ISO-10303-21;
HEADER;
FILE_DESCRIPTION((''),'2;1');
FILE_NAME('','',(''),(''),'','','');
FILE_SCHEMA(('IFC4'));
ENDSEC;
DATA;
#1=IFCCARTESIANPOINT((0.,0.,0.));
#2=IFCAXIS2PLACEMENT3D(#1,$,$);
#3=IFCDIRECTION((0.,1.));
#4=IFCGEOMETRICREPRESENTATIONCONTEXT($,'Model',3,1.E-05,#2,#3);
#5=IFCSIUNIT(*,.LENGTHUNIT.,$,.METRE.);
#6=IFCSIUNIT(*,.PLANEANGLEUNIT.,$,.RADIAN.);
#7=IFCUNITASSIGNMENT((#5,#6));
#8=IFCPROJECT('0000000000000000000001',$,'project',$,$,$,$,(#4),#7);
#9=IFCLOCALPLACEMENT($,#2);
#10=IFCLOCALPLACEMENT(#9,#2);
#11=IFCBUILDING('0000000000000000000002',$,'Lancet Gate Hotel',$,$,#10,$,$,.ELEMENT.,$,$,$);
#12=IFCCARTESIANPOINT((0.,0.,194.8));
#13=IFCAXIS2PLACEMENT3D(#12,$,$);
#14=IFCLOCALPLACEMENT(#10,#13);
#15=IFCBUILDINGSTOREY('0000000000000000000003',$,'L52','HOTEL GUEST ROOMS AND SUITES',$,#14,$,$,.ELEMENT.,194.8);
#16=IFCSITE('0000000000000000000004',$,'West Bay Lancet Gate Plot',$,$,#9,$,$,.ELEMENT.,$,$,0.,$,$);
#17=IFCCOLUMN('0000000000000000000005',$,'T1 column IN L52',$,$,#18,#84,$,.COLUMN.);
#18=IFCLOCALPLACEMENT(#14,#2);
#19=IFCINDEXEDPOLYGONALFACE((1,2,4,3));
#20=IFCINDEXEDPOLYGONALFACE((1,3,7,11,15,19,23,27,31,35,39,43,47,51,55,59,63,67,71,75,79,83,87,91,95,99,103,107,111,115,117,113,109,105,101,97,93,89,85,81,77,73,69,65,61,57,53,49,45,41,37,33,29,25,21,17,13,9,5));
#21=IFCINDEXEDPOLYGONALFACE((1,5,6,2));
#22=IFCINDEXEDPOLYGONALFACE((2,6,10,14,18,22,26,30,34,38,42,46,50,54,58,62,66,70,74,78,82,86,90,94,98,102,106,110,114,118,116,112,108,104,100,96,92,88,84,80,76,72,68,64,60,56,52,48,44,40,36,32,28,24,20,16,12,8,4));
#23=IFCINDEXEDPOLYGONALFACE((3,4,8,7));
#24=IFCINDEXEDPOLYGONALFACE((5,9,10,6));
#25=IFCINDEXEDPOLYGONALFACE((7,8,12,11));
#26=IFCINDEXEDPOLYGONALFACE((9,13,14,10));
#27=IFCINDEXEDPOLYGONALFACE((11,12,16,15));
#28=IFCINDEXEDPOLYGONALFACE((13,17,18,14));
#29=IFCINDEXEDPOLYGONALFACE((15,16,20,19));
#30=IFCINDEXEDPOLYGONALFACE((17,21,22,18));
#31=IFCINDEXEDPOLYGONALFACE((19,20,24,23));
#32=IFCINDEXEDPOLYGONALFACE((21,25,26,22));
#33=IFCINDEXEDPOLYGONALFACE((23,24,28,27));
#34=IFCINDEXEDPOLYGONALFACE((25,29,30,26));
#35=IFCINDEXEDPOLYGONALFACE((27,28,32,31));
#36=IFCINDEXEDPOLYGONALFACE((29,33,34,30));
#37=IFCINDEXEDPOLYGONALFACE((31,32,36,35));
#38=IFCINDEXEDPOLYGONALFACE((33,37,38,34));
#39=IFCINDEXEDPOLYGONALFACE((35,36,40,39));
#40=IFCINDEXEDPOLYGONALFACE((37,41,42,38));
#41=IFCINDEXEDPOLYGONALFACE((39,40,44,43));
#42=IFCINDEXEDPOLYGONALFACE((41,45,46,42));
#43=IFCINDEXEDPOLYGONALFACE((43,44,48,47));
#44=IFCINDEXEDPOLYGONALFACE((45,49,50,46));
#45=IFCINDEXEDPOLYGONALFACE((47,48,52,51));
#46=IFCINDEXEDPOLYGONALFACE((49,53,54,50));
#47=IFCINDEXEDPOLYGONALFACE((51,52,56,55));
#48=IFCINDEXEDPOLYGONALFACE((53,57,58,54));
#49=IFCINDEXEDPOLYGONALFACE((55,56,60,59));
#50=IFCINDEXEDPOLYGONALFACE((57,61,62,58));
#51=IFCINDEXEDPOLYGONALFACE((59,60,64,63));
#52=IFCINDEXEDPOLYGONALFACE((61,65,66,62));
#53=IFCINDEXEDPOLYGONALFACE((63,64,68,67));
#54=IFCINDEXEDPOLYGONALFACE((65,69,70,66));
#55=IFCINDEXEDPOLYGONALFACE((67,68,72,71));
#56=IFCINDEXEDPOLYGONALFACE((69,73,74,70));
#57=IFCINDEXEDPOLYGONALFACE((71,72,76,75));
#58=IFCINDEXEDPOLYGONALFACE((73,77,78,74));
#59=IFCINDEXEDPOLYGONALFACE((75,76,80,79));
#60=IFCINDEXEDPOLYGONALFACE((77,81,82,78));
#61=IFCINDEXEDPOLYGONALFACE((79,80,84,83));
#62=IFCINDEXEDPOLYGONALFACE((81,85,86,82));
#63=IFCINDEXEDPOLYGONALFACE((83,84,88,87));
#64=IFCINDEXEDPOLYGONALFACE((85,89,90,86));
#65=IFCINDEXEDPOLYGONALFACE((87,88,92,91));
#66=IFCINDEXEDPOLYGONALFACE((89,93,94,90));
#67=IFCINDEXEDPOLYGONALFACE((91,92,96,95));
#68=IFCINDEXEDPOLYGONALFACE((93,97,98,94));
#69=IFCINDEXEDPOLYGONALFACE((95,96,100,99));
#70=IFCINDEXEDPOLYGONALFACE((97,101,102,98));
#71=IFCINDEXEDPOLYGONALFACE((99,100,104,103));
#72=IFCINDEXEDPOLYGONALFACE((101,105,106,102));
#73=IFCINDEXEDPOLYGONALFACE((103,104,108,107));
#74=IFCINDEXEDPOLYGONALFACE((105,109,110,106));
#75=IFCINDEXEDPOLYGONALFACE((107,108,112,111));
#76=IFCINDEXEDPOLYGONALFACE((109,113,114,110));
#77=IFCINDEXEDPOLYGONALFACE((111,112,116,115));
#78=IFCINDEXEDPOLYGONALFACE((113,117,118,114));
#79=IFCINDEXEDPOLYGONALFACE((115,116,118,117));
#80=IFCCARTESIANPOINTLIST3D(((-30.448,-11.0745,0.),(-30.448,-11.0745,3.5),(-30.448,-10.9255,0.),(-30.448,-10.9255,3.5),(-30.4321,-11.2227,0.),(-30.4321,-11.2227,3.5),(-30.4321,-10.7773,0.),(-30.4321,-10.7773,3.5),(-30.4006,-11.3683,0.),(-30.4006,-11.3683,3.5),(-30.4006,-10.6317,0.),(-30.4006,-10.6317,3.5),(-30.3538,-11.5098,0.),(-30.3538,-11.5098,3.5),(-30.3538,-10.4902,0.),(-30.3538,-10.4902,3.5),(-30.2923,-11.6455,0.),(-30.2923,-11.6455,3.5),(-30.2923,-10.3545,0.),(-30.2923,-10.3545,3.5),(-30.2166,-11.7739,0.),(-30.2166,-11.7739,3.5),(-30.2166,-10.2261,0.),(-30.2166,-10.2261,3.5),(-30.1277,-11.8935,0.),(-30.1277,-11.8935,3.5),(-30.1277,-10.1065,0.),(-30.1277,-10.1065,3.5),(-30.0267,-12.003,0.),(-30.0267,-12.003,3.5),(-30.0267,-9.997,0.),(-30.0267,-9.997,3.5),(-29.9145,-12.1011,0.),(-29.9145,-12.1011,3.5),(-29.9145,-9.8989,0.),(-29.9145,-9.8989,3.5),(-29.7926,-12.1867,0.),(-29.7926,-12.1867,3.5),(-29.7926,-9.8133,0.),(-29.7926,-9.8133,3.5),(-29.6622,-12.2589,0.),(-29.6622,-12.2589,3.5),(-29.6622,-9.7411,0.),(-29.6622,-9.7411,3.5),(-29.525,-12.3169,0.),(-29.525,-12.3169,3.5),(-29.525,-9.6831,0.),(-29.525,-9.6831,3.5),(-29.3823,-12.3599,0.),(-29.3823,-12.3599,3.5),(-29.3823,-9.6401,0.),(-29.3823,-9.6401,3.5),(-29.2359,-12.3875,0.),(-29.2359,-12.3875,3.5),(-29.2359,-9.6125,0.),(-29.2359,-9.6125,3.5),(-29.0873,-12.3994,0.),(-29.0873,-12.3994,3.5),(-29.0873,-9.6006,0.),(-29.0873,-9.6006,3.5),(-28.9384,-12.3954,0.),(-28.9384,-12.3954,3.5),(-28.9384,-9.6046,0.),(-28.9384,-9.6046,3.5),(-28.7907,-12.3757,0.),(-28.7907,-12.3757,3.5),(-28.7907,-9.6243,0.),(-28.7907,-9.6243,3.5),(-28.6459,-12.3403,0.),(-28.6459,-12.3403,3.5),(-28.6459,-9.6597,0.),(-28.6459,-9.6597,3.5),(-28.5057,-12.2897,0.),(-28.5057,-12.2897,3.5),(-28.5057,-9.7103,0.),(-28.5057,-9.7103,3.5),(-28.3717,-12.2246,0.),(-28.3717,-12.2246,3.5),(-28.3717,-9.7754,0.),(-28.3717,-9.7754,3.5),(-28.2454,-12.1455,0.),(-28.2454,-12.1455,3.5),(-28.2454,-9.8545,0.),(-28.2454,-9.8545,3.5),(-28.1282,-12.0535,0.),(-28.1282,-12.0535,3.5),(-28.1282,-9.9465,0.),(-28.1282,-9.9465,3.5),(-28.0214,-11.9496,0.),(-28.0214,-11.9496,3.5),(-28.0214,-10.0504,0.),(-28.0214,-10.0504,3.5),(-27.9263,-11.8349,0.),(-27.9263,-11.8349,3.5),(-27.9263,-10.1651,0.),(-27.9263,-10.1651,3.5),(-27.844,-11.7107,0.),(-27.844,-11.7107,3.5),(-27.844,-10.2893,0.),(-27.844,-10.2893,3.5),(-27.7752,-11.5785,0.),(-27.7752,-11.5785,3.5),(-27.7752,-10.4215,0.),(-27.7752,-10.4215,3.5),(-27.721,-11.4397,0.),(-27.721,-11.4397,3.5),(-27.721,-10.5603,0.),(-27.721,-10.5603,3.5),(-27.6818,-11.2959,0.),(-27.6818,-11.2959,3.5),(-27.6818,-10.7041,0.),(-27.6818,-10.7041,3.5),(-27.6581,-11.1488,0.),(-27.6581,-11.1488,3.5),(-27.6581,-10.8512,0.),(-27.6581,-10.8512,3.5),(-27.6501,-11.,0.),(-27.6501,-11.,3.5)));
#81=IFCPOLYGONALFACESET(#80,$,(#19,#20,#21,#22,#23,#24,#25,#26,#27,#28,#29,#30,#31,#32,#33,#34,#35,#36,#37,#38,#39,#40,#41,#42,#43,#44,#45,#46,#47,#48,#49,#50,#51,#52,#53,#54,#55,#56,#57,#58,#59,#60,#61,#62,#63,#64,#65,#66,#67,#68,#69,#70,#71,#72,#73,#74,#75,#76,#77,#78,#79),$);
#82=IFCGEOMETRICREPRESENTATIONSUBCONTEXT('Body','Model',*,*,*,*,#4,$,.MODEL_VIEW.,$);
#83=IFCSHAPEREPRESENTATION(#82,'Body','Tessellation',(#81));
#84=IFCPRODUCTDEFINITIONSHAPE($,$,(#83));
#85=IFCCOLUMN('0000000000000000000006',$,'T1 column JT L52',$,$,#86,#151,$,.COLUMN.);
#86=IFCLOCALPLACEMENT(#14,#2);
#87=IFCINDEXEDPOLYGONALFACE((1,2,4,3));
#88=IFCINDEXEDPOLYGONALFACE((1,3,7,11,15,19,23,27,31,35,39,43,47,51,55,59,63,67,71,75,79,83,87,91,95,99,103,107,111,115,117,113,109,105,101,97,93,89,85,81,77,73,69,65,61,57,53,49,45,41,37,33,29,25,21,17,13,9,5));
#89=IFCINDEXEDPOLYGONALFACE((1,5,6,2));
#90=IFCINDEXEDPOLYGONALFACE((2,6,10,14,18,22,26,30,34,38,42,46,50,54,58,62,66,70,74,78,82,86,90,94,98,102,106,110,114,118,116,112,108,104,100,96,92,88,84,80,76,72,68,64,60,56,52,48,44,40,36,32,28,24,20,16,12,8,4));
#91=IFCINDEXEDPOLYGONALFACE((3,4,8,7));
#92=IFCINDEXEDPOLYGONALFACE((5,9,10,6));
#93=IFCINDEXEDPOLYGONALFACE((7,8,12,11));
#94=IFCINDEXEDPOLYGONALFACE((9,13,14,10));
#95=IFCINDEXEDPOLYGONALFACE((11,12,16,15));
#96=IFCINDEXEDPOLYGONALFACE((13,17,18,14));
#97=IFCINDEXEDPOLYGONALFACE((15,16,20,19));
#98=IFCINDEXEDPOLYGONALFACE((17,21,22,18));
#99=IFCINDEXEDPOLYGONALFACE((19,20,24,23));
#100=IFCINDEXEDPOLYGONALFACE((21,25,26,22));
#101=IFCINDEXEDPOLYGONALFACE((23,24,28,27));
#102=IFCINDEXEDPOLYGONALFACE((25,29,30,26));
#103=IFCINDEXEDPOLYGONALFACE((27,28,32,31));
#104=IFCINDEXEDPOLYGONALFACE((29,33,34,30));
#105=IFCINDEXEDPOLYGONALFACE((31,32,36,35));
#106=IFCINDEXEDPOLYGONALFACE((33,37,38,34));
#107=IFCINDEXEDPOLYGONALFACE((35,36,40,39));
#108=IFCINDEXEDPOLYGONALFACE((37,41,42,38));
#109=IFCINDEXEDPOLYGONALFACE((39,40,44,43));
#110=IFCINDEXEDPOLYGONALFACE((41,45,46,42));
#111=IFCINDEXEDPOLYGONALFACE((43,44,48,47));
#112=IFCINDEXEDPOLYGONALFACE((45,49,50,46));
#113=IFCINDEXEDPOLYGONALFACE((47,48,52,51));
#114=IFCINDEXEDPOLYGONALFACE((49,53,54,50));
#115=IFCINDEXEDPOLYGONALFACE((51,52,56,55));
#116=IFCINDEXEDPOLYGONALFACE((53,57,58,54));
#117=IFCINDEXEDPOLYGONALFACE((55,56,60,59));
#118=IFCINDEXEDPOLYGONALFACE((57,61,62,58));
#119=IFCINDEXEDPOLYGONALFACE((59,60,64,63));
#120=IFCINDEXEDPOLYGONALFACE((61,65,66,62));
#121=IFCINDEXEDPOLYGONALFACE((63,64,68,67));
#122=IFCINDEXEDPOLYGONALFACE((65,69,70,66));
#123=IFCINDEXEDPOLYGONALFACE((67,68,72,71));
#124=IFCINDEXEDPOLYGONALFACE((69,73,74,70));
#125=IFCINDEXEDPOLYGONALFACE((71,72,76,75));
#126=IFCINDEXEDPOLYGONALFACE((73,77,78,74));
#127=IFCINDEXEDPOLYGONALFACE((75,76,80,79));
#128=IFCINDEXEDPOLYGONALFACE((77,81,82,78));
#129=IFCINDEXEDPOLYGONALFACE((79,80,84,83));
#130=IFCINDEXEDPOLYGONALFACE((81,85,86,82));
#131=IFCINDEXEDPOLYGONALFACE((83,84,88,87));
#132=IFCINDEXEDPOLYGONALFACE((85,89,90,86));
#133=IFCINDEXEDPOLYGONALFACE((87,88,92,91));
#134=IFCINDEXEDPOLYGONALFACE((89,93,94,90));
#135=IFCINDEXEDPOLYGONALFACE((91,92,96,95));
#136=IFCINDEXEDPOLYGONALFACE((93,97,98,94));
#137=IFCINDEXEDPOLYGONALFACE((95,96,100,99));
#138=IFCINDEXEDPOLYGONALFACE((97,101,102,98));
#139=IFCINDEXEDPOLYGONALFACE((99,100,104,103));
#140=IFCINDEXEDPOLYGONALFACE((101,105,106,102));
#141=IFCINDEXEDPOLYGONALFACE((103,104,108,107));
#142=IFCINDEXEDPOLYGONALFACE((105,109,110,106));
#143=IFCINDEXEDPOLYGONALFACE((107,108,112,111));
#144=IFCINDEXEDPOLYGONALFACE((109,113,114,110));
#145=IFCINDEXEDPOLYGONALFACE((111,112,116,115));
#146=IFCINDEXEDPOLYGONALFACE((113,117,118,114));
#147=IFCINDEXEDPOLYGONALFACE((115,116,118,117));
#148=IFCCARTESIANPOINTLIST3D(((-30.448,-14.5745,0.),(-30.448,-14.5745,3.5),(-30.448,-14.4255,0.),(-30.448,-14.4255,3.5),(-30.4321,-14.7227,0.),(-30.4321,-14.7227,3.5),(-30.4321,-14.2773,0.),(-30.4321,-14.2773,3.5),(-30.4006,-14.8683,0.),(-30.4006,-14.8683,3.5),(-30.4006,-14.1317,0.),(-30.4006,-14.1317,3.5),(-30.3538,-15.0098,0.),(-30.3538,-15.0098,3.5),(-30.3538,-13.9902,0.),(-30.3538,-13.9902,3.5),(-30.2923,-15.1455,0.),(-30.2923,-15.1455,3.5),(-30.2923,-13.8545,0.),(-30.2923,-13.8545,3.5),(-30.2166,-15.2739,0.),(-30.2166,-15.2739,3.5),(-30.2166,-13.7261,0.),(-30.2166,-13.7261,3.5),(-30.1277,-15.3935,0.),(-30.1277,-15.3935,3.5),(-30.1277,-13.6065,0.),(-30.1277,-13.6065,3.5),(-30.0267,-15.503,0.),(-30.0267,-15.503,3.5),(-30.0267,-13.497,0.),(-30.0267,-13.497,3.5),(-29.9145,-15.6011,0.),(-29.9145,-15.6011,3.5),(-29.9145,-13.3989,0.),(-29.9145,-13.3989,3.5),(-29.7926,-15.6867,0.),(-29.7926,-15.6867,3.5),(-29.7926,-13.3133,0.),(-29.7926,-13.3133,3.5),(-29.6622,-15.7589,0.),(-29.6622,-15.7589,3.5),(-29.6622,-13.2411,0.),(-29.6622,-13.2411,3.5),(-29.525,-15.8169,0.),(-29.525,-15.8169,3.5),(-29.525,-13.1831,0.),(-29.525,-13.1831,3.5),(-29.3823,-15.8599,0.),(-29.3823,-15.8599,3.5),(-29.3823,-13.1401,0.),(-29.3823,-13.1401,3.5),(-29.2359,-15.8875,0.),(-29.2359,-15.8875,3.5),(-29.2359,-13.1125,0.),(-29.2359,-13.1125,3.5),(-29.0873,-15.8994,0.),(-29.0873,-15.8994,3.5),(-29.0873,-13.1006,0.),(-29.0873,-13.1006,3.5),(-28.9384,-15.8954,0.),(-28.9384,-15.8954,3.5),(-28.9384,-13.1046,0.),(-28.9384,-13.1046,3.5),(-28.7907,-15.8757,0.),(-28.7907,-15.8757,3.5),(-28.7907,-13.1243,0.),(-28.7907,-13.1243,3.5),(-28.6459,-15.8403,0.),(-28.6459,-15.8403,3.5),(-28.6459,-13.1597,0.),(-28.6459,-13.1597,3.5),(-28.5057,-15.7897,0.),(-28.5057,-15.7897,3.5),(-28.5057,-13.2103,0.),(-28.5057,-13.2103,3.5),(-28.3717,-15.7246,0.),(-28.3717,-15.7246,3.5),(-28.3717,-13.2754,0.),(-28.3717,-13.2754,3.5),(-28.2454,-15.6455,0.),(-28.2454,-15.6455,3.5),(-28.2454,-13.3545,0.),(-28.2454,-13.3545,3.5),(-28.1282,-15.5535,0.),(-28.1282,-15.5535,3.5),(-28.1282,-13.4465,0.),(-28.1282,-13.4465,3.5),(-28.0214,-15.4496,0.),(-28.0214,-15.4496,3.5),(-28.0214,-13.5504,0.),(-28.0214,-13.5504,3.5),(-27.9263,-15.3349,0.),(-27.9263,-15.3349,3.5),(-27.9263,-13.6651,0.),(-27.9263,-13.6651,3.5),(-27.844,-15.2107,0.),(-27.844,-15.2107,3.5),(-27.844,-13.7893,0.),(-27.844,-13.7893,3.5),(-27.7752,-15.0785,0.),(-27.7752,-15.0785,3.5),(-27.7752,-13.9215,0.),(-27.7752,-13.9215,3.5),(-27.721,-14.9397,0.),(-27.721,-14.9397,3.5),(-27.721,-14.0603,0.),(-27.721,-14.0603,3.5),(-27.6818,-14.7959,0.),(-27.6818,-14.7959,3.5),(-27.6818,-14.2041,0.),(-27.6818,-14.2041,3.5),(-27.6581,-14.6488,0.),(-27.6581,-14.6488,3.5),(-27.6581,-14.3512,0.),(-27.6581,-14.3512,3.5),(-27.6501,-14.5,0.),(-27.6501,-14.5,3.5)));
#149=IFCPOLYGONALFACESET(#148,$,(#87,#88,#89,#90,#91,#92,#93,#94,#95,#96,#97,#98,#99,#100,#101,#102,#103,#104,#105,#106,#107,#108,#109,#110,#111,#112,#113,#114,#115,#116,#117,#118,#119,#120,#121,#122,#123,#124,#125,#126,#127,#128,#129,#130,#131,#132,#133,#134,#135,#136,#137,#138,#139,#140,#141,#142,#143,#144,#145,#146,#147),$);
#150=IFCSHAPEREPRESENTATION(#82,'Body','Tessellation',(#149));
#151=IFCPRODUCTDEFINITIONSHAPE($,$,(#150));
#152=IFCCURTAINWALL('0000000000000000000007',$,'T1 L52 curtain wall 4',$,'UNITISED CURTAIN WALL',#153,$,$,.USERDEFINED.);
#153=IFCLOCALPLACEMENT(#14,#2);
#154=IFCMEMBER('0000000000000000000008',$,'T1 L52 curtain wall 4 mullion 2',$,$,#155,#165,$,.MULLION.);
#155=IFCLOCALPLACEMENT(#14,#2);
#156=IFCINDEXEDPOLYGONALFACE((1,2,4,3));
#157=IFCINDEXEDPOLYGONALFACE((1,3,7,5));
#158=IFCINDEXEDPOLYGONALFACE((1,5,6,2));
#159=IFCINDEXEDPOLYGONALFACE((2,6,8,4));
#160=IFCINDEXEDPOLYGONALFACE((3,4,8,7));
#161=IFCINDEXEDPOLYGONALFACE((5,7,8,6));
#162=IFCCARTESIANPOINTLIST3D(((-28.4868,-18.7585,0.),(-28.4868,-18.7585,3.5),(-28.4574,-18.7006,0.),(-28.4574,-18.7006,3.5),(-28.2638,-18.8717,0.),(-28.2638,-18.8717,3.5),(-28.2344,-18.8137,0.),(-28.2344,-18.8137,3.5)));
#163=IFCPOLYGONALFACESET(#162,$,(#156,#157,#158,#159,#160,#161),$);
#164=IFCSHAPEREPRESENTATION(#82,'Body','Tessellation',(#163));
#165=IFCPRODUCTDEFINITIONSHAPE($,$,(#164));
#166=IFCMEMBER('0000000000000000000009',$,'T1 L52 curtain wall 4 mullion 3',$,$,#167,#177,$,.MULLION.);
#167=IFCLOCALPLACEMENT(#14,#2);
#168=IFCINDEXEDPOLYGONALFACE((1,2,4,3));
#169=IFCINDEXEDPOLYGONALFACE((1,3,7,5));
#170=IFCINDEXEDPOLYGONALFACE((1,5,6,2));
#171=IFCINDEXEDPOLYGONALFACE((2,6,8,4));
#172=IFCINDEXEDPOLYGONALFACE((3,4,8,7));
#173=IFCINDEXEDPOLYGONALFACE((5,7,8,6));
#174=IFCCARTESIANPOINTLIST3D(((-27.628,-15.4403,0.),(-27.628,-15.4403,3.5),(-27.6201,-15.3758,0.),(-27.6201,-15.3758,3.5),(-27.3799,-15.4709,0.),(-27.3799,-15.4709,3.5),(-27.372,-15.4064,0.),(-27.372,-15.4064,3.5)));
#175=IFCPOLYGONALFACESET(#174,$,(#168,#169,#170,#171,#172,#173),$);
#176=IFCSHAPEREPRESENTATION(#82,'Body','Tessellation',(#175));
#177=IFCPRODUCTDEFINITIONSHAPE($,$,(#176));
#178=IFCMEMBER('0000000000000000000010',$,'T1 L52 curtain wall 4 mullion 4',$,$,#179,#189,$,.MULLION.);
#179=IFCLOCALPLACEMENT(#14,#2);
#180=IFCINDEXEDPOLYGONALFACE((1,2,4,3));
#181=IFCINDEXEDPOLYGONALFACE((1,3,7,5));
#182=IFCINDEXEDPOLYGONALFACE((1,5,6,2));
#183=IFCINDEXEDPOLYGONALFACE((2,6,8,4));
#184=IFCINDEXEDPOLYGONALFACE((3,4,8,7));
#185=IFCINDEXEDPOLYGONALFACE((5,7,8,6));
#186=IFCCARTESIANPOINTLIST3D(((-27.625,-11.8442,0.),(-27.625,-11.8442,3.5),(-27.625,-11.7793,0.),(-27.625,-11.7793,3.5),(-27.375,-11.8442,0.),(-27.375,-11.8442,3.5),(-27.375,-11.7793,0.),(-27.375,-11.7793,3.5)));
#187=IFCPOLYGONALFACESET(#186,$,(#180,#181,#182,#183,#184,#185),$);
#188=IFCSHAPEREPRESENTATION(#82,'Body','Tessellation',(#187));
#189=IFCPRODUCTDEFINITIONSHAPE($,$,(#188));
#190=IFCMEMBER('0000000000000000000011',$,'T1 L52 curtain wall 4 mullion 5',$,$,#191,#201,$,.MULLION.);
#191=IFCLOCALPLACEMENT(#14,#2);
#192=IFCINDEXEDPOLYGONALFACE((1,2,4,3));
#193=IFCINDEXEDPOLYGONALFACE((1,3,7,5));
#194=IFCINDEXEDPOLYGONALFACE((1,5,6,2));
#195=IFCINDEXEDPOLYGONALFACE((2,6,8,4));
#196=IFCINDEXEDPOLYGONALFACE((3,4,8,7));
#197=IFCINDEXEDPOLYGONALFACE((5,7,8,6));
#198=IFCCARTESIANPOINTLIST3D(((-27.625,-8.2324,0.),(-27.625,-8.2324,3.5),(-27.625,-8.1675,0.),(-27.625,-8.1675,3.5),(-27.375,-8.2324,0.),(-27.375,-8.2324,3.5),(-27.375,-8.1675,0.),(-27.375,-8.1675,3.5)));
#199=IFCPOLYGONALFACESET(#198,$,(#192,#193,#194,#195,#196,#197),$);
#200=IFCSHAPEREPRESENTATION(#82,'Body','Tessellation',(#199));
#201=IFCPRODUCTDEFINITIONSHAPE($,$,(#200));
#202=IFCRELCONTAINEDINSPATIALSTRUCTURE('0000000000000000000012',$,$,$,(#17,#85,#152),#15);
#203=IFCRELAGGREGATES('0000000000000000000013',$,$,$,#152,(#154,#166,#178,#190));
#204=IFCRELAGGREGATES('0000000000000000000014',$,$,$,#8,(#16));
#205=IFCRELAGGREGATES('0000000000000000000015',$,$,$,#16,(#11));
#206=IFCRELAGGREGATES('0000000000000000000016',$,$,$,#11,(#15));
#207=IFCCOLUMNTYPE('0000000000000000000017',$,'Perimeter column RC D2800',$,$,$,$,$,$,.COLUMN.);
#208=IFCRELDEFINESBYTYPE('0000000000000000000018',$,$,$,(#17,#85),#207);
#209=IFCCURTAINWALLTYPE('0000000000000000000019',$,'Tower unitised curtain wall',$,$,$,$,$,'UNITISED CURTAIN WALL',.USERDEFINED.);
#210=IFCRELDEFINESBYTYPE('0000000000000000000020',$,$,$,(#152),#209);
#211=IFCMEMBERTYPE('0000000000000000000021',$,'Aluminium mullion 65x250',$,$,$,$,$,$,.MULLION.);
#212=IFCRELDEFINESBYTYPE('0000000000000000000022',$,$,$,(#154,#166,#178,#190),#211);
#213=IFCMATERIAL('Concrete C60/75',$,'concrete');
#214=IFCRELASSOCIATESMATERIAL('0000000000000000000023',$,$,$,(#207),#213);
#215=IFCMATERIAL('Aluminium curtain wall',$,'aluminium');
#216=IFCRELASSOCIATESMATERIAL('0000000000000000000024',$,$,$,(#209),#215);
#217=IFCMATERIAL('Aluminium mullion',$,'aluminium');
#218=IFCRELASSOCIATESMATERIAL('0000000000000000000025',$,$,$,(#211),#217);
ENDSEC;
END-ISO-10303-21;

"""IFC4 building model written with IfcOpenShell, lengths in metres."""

from ifc_helpers import new_model, si_unit, direction, frame, origin, origin_2d, place, context, subcontext, project, spatial, rectangle, circle, extrude, material, material_profile, profile_set, type_object, element, aggregate, save


model = new_model("IFC4")

# Units and contexts
model_context = context("Model", 3, precision=1e-05, world=origin(), true_north=direction((0.0, 1.0)))
body_context = subcontext(model_context, "Body", "Model", "MODEL_VIEW")
ifc_project = project(units=[si_unit("LENGTHUNIT", "METRE"), si_unit("PLANEANGLEUNIT", "RADIAN")], contexts=[model_context])

# Site, building, storey
site_placement = place(None, origin())
site = spatial("IfcSite", under=ifc_project, at=site_placement, Name="West Bay Lancet Gate Plot", CompositionType="ELEMENT", RefElevation=0.0)
building_placement = place(site_placement, origin())
building = spatial("IfcBuilding", under=site, at=building_placement, Name="Lancet Gate Hotel", CompositionType="ELEMENT")
storey_placement = place(building_placement, frame((0.0, 0.0, 194.8)))
storey = spatial("IfcBuildingStorey", under=building, at=storey_placement, Name="L52", Description="HOTEL GUEST ROOMS AND SUITES", CompositionType="ELEMENT", Elevation=194.8)

# Columns
ifc_material_1 = material(Name="Concrete C60/75", Category="concrete")
ifc_material_profile_1 = material_profile(ifc_material_1, circle(Radius=1.3999, at=origin_2d()), Name="RC D2800")
ifc_profile_set_1 = profile_set([ifc_material_profile_1], Name="Concrete C60/75")
column_type = type_object("IfcColumnType", Name="Perimeter column RC D2800", PredefinedType="COLUMN", material=ifc_profile_set_1)
for number, where, z_axis, x_axis, name in (
    (1, (-29.05, -11.0, 0.0), (0.0, 0.0, 1.0), (1.0, 0.0, 0.0), "T1 column IN L52"),
    (2, (-29.05, -14.5, 0.0), (0.0, 0.0, 1.0), (1.0, 0.0, 0.0), "T1 column JT L52"),
):
    element("IfcColumn", number, at=place(storey_placement, frame(where, z_axis=z_axis, x_axis=x_axis)), inside=storey, type_object=column_type, Name=name, PredefinedType="COLUMN", context=body_context, shape_type="SweptSolid", body=[
        extrude(circle(Radius=1.3999, at=origin_2d()), origin(), (0.0, 0.0, 1.0), 3.5),
    ])

# Curtain wall, members
ifc_material_2 = material(Name="Aluminium curtain wall", Category="aluminium")
curtain_wall_type = type_object("IfcCurtainWallType", Name="Tower unitised curtain wall", ElementType="UNITISED CURTAIN WALL", PredefinedType="USERDEFINED", material=ifc_material_2)
curtain_wall_placement = place(storey_placement, origin())
curtain_wall = element("IfcCurtainWall", 3, at=curtain_wall_placement, inside=storey, type_object=curtain_wall_type, Name="T1 L52 curtain wall 4", ObjectType="UNITISED CURTAIN WALL", PredefinedType="USERDEFINED")
ifc_material_3 = material(Name="Aluminium mullion", Category="aluminium")
ifc_material_profile_2 = material_profile(ifc_material_3, rectangle(XDim=0.0649, YDim=0.25, at=origin_2d()), Name="MULLION 65x250")
ifc_profile_set_2 = profile_set([ifc_material_profile_2], Name="Aluminium mullion")
member_type_1 = type_object("IfcMemberType", Name="Aluminium mullion 65x250", PredefinedType="MULLION", material=ifc_profile_set_2)
member_1_placement = place(storey_placement, frame((-28.3606, -18.7861, 0.0), z_axis=(0.0, 0.0, 1.0), x_axis=(0.452508, 0.891761, 0.0)))
member_1 = element("IfcMember", 4, at=member_1_placement, type_object=member_type_1, Name="T1 L52 curtain wall 4 mullion 2", PredefinedType="MULLION", context=body_context, shape_type="SweptSolid", body=[
    extrude(rectangle(XDim=0.0649, YDim=0.25, at=origin_2d()), origin(), (0.0, 0.0, 1.0), 3.5),
])
member_2_placement = place(storey_placement, frame((-27.5, -15.4233, 0.0), z_axis=(0.0, 0.0, 1.0), x_axis=(0.122467, 0.992473, 0.0)))
member_2 = element("IfcMember", 5, at=member_2_placement, type_object=member_type_1, Name="T1 L52 curtain wall 4 mullion 3", PredefinedType="MULLION", context=body_context, shape_type="SweptSolid", body=[
    extrude(rectangle(XDim=0.0649, YDim=0.25, at=origin_2d()), origin(), (0.0, 0.0, 1.0), 3.5),
])
member_3_placement = place(storey_placement, frame((-27.5, -11.8118, 0.0), z_axis=(0.0, 0.0, 1.0), x_axis=(0.0, 1.0, 0.0)))
member_3 = element("IfcMember", 6, at=member_3_placement, type_object=member_type_1, Name="T1 L52 curtain wall 4 mullion 4", PredefinedType="MULLION", context=body_context, shape_type="SweptSolid", body=[
    extrude(rectangle(XDim=0.0649, YDim=0.25, at=origin_2d()), origin(), (0.0, 0.0, 1.0), 3.5),
])
member_4_placement = place(storey_placement, frame((-27.5, -8.2, 0.0), z_axis=(0.0, 0.0, 1.0), x_axis=(0.0, 1.0, 0.0)))
member_4 = element("IfcMember", 7, at=member_4_placement, type_object=member_type_1, Name="T1 L52 curtain wall 4 mullion 5", PredefinedType="MULLION", context=body_context, shape_type="SweptSolid", body=[
    extrude(rectangle(XDim=0.0649, YDim=0.25, at=origin_2d()), origin(), (0.0, 0.0, 1.0), 3.5),
])

aggregate(curtain_wall, [member_1, member_2, member_3, member_4])

save(model, "model.ifc")
